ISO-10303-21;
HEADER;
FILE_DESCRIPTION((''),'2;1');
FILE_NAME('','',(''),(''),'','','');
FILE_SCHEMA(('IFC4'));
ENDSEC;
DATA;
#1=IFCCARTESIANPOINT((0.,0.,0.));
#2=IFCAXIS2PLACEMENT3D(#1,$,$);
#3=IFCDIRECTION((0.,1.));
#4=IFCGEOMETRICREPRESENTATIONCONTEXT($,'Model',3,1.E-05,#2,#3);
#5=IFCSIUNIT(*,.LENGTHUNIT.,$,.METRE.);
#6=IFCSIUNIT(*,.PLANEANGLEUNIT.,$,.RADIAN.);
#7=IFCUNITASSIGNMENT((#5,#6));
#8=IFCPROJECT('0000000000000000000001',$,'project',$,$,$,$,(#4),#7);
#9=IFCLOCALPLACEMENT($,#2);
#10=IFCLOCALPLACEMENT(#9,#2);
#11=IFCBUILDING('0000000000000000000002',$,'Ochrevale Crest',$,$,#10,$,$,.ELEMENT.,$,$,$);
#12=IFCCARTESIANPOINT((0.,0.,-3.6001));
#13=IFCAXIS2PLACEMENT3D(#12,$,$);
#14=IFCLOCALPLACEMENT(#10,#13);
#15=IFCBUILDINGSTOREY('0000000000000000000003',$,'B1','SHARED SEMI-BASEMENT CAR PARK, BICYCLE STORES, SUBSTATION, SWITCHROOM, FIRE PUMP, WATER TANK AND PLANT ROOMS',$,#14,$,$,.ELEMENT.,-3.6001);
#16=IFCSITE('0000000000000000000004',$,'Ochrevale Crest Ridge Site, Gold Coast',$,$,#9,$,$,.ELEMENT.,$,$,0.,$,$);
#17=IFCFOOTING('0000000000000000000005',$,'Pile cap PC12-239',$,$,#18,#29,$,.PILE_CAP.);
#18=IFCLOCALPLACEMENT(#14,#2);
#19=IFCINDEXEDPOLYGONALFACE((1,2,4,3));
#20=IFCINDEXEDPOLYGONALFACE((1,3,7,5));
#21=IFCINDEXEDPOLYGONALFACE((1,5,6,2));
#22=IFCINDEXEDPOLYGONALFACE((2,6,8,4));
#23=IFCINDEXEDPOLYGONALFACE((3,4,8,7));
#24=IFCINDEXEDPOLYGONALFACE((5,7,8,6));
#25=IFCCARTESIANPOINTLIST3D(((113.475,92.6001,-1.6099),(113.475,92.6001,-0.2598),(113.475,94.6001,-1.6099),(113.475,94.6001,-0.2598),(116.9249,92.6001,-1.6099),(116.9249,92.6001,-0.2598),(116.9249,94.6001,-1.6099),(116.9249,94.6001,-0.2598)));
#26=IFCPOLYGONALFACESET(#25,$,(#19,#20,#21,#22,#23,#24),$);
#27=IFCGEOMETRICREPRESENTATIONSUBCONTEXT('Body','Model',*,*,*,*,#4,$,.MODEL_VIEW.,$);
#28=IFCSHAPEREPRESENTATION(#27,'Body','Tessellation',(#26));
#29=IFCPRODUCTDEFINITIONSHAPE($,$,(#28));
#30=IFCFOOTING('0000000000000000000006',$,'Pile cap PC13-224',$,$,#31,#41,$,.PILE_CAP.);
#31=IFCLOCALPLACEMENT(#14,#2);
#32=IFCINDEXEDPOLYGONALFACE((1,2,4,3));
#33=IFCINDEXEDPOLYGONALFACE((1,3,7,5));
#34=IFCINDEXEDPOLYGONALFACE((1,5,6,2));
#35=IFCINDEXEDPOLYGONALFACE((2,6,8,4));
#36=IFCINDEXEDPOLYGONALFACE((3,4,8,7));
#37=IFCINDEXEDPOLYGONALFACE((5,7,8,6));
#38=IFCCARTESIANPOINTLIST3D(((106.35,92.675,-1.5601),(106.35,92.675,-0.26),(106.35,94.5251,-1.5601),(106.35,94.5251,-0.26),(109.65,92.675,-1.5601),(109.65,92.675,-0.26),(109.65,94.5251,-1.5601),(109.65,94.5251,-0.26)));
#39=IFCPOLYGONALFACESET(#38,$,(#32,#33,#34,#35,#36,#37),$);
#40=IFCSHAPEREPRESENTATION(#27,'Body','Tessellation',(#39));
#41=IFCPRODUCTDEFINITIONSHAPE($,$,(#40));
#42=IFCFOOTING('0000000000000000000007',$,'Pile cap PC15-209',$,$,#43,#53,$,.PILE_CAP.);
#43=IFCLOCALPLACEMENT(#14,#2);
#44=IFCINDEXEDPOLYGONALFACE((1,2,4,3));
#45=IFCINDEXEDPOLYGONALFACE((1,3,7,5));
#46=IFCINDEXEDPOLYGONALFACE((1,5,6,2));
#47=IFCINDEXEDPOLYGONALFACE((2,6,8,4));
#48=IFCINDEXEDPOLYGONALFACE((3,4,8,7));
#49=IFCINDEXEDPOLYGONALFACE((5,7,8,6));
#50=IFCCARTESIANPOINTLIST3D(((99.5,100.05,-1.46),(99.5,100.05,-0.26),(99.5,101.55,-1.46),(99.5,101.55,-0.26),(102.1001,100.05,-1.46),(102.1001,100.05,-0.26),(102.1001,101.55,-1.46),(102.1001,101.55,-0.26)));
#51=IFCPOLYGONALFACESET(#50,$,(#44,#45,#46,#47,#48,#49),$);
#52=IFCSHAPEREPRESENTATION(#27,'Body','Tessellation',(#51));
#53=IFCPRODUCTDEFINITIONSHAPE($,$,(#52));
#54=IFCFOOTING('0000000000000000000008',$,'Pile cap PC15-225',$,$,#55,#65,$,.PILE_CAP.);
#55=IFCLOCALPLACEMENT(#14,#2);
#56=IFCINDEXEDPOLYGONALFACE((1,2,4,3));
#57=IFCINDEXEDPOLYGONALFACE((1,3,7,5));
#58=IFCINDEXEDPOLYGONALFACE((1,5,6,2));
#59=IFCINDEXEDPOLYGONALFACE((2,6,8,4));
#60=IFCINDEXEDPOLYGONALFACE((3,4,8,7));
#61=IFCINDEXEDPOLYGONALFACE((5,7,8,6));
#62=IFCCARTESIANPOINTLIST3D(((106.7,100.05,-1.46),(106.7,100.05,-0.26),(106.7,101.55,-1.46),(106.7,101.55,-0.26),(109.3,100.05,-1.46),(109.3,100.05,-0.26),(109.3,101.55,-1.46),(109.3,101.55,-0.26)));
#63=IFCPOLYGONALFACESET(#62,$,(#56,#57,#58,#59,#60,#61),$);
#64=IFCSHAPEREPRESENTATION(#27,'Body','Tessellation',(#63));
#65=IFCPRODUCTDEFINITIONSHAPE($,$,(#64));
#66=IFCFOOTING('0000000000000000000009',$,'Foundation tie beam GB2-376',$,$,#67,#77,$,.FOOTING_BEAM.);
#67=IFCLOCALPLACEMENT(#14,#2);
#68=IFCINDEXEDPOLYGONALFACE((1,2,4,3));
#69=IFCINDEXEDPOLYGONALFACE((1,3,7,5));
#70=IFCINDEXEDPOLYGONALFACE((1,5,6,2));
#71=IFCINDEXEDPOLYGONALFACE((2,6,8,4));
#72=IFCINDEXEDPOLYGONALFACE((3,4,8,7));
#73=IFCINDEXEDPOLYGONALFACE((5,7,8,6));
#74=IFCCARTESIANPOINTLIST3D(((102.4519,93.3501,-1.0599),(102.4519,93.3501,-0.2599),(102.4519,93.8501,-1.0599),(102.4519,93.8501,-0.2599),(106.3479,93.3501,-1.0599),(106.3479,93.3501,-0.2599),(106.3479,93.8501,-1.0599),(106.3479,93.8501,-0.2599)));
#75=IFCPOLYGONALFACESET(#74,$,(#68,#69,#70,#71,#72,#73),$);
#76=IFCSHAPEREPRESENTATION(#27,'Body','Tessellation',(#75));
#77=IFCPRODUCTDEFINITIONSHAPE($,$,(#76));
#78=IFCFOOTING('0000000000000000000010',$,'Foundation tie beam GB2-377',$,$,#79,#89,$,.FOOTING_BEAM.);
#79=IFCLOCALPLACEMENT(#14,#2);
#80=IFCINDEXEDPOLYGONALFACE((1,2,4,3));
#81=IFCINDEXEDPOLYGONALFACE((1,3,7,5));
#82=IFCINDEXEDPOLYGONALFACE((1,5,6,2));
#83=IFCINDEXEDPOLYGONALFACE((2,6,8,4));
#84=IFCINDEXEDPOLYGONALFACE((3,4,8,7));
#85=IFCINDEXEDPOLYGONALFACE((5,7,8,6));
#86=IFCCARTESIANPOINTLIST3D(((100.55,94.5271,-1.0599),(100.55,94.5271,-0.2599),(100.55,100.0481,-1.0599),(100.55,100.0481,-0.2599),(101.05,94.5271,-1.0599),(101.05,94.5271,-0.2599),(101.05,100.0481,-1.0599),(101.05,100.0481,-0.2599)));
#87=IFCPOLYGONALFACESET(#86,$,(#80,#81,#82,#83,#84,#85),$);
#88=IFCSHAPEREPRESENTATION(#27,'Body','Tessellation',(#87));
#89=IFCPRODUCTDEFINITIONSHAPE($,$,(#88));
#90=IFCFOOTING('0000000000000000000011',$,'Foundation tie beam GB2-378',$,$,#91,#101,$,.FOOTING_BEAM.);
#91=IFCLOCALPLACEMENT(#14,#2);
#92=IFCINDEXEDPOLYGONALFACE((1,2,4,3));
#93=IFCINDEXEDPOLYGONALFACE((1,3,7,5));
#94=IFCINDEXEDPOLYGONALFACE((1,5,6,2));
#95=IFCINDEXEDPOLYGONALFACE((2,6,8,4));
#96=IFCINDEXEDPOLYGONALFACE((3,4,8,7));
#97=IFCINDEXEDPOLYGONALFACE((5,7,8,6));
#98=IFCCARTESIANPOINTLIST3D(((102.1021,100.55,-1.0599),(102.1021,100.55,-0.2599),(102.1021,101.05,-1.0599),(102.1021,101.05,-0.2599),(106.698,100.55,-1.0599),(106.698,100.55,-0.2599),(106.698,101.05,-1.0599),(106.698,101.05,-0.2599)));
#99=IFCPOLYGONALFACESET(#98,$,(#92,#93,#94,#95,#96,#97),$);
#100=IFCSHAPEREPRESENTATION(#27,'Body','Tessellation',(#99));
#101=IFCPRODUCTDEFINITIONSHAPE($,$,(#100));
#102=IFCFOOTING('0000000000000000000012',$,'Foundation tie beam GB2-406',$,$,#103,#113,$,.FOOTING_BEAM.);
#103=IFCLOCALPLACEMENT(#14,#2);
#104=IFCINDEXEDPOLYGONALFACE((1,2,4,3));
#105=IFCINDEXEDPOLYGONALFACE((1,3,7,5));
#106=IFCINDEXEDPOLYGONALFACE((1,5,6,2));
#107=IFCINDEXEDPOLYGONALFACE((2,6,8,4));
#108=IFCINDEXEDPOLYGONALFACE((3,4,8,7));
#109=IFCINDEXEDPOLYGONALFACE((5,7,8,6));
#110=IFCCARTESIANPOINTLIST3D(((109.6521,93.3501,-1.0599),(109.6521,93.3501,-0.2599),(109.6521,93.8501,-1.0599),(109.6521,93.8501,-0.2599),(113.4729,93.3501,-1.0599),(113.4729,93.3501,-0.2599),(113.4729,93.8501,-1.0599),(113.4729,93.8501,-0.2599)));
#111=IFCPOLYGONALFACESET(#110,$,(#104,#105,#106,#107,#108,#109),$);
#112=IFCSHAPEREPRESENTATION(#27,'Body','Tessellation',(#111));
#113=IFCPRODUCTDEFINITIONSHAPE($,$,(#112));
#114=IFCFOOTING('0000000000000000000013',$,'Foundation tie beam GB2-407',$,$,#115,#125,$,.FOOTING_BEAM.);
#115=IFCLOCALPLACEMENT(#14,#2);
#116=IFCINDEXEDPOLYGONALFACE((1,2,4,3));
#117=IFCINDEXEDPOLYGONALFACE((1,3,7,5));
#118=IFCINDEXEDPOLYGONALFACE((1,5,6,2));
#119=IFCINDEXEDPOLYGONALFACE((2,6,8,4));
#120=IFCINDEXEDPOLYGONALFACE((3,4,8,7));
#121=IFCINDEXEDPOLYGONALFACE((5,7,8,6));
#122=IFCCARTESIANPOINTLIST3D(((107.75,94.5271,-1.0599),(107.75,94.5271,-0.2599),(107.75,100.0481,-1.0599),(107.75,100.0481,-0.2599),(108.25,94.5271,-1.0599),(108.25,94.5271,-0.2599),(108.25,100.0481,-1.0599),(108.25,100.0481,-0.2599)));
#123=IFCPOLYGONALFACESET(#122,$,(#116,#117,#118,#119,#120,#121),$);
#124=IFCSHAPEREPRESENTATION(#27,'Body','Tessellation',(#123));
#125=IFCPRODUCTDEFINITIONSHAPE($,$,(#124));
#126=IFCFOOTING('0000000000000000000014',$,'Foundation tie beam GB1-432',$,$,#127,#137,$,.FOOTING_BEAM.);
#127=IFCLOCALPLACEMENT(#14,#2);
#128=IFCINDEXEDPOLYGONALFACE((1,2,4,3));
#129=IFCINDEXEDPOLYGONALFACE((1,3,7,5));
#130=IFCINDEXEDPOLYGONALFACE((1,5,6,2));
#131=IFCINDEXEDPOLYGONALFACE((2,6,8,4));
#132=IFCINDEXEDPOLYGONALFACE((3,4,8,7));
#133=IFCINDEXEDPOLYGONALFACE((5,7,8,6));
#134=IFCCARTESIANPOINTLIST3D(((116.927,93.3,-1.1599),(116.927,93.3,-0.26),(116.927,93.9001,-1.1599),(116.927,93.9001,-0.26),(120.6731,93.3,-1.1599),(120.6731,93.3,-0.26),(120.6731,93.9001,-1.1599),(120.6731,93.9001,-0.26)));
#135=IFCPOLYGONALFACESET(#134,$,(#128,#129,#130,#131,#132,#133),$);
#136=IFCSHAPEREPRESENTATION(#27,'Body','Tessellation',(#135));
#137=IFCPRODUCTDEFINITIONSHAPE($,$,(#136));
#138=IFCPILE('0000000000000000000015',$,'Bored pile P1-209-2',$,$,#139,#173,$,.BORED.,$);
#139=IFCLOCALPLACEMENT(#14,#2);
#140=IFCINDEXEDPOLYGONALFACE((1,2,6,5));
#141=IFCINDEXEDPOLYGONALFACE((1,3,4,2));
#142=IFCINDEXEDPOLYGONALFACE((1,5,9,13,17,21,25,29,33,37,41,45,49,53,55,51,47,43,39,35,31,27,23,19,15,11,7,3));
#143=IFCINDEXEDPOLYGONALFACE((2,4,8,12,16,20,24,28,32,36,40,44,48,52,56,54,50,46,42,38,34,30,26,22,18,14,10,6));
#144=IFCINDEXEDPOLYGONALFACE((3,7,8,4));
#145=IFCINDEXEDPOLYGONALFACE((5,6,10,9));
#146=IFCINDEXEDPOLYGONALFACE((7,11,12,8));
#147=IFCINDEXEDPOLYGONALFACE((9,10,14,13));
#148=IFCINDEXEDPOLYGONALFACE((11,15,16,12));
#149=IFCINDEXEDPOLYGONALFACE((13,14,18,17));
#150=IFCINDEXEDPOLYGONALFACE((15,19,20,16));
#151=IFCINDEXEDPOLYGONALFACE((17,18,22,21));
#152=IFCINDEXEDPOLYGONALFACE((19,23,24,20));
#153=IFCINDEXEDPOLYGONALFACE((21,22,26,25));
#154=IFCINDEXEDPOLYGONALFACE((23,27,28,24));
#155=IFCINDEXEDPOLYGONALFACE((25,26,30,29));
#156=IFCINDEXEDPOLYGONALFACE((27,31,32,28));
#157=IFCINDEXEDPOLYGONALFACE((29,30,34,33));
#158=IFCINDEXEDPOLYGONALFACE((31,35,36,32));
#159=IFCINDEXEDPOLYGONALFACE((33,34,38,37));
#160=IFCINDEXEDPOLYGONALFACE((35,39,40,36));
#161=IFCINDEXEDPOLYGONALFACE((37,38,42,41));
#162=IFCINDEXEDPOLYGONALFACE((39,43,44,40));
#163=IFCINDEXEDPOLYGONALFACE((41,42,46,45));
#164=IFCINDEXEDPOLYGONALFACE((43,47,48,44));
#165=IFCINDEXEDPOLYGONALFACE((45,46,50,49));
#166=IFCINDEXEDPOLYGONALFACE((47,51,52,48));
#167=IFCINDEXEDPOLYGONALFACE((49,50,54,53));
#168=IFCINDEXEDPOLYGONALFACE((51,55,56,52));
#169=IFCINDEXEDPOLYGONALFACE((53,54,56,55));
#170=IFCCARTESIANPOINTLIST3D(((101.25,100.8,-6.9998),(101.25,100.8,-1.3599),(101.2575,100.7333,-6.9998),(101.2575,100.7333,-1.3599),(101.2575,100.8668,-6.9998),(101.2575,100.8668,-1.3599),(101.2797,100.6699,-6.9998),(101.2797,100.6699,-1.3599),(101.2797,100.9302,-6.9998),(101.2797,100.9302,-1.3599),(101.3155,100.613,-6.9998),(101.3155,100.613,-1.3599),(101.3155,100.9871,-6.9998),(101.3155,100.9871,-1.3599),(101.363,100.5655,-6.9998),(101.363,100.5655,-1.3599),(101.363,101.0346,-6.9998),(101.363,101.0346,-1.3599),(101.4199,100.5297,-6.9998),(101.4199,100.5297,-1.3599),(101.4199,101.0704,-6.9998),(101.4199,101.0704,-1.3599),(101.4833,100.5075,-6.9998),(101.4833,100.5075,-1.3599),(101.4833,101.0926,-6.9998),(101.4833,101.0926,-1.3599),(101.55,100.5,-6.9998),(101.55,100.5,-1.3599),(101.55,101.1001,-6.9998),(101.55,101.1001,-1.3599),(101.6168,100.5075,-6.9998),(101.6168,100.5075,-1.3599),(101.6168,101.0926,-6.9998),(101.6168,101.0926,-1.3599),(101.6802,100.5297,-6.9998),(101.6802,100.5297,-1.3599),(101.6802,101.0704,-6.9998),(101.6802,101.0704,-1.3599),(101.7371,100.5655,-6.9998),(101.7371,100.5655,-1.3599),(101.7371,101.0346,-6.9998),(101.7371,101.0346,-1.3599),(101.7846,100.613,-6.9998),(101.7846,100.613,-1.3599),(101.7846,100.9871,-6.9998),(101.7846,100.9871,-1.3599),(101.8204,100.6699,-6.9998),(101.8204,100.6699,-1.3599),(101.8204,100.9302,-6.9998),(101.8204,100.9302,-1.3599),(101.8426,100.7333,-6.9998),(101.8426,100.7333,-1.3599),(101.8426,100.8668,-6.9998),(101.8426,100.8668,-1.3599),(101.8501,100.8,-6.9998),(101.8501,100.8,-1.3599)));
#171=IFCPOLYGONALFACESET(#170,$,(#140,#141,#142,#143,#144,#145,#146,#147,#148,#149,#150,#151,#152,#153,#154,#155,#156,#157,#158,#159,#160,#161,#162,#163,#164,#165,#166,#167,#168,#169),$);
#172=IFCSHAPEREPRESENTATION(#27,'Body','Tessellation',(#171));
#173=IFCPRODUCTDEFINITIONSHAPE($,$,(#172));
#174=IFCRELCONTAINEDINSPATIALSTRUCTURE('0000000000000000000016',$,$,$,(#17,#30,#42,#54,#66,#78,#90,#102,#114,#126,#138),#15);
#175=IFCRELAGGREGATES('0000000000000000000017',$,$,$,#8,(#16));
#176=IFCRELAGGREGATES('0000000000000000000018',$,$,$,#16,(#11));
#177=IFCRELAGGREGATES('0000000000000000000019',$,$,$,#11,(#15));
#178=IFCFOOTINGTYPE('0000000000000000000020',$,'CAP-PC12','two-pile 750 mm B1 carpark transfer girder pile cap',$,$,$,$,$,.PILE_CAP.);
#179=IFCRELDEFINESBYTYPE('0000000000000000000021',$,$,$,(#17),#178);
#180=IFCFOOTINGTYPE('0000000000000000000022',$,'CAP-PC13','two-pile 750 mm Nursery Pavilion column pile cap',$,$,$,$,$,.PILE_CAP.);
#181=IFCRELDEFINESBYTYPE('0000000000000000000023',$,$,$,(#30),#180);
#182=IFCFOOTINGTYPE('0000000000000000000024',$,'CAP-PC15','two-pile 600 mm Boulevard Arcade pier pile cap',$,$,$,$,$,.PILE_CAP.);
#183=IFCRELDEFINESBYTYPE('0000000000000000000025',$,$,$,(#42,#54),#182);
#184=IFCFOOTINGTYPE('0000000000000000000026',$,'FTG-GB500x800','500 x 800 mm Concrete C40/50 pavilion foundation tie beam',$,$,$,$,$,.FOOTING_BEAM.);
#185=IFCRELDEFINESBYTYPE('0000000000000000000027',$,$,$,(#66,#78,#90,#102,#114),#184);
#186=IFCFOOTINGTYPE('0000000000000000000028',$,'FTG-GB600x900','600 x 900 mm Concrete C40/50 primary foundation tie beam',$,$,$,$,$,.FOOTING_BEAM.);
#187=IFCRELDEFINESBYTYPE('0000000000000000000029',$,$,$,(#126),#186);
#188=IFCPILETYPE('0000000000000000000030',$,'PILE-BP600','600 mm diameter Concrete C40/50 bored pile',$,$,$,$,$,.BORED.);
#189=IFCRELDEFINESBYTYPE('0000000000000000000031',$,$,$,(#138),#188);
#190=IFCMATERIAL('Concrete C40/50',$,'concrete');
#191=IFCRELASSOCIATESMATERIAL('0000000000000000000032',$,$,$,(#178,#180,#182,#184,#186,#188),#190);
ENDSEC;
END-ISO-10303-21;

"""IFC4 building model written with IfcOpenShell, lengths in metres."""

from ifc_helpers import new_model, si_unit, direction, frame, origin, origin_2d, place, context, subcontext, project, spatial, rectangle, circle, extrude, material, material_profile, profile_set, type_object, element, save


model = new_model("IFC4")

# Units and contexts
model_context = context("Model", 3, precision=1e-05, world=origin(), true_north=direction((0.0, 1.0)))
body_context = subcontext(model_context, "Body", "Model", "MODEL_VIEW")
ifc_project = project(units=[si_unit("LENGTHUNIT", "METRE"), si_unit("PLANEANGLEUNIT", "RADIAN")], contexts=[model_context])

# Site, building, storey
site_placement = place(None, origin())
site = spatial("IfcSite", under=ifc_project, at=site_placement, Name="Ochrevale Crest Ridge Site, Gold Coast", CompositionType="ELEMENT", RefElevation=0.0)
building_placement = place(site_placement, origin())
building = spatial("IfcBuilding", under=site, at=building_placement, Name="Ochrevale Crest", CompositionType="ELEMENT")
storey_placement = place(building_placement, frame((0.0, 0.0, -3.6001)))
storey = spatial("IfcBuildingStorey", under=building, at=storey_placement, Name="B1", Description="SHARED SEMI-BASEMENT CAR PARK, BICYCLE STORES, SUBSTATION, SWITCHROOM, FIRE PUMP, WATER TANK AND PLANT ROOMS", CompositionType="ELEMENT", Elevation=-3.6001)

# Footings
ifc_material_1 = material(Name="Concrete C40/50", Category="concrete")
footing_type_1 = type_object("IfcFootingType", Name="CAP-PC12", Description="two-pile 750 mm B1 carpark transfer girder pile cap", PredefinedType="PILE_CAP", material=ifc_material_1)
footing_1_placement = place(storey_placement, frame((115.2, 93.6001, -1.6099), z_axis=(0.0, 0.0, 1.0), x_axis=(1.0, 0.0, 0.0)))
element("IfcFooting", 1, at=footing_1_placement, inside=storey, type_object=footing_type_1, Name="Pile cap PC12-239", PredefinedType="PILE_CAP", context=body_context, shape_type="SweptSolid", body=[
    extrude(rectangle(XDim=3.45, YDim=2.0, at=origin_2d()), origin(), (0.0, 0.0, 1.0), 1.3501),
])
footing_type_2 = type_object("IfcFootingType", Name="CAP-PC13", Description="two-pile 750 mm Nursery Pavilion column pile cap", PredefinedType="PILE_CAP", material=ifc_material_1)
footing_2_placement = place(storey_placement, frame((108.0, 93.6001, -1.5601), z_axis=(0.0, 0.0, 1.0), x_axis=(1.0, 0.0, 0.0)))
element("IfcFooting", 2, at=footing_2_placement, inside=storey, type_object=footing_type_2, Name="Pile cap PC13-224", PredefinedType="PILE_CAP", context=body_context, shape_type="SweptSolid", body=[
    extrude(rectangle(XDim=3.3, YDim=1.8501, at=origin_2d()), origin(), (0.0, 0.0, 1.0), 1.3),
])
footing_type_3 = type_object("IfcFootingType", Name="CAP-PC15", Description="two-pile 600 mm Boulevard Arcade pier pile cap", PredefinedType="PILE_CAP", material=ifc_material_1)
for number, where, z_axis, x_axis, name in (
    (3, (100.8, 100.8, -1.46), (0.0, 0.0, 1.0), (1.0, 0.0, 0.0), "Pile cap PC15-209"),
    (4, (108.0, 100.8, -1.46), (0.0, 0.0, 1.0), (1.0, 0.0, 0.0), "Pile cap PC15-225"),
):
    element("IfcFooting", number, at=place(storey_placement, frame(where, z_axis=z_axis, x_axis=x_axis)), inside=storey, type_object=footing_type_3, Name=name, PredefinedType="PILE_CAP", context=body_context, shape_type="SweptSolid", body=[
        extrude(rectangle(XDim=2.6001, YDim=1.5, at=origin_2d()), origin(), (0.0, 0.0, 1.0), 1.2),
    ])
ifc_material_profile_1 = material_profile(ifc_material_1, rectangle(XDim=0.5, YDim=0.8, at=origin_2d()), Name="GB 500x800")
ifc_profile_set_1 = profile_set([ifc_material_profile_1], Name="Concrete C40/50")
footing_type_4 = type_object("IfcFootingType", Name="FTG-GB500x800", Description="500 x 800 mm Concrete C40/50 pavilion foundation tie beam", PredefinedType="FOOTING_BEAM", material=ifc_profile_set_1)
footing_3_placement = place(storey_placement, frame((102.4519, 93.6001, -0.6599), z_axis=(1.0, 0.0, 0.0), x_axis=(0.0, 1.0, 0.0)))
element("IfcFooting", 5, at=footing_3_placement, inside=storey, type_object=footing_type_4, Name="Foundation tie beam GB2-376", PredefinedType="FOOTING_BEAM", context=body_context, shape_type="SweptSolid", body=[
    extrude(rectangle(XDim=0.5, YDim=0.8, at=origin_2d()), origin(), (0.0, 0.0, 1.0), 3.896),
])
footing_4_placement = place(storey_placement, frame((100.8, 94.5271, -0.6599), z_axis=(0.0, 1.0, 0.0), x_axis=(-1.0, 0.0, 0.0)))
element("IfcFooting", 6, at=footing_4_placement, inside=storey, type_object=footing_type_4, Name="Foundation tie beam GB2-377", PredefinedType="FOOTING_BEAM", context=body_context, shape_type="SweptSolid", body=[
    extrude(rectangle(XDim=0.5, YDim=0.8, at=origin_2d()), origin(), (0.0, 0.0, 1.0), 5.521),
])
footing_5_placement = place(storey_placement, frame((102.1021, 100.8, -0.6599), z_axis=(1.0, 0.0, 0.0), x_axis=(0.0, 1.0, 0.0)))
element("IfcFooting", 7, at=footing_5_placement, inside=storey, type_object=footing_type_4, Name="Foundation tie beam GB2-378", PredefinedType="FOOTING_BEAM", context=body_context, shape_type="SweptSolid", body=[
    extrude(rectangle(XDim=0.5, YDim=0.8, at=origin_2d()), origin(), (0.0, 0.0, 1.0), 4.5959),
])
footing_6_placement = place(storey_placement, frame((109.6521, 93.6001, -0.6599), z_axis=(1.0, 0.0, 0.0), x_axis=(0.0, 1.0, 0.0)))
element("IfcFooting", 8, at=footing_6_placement, inside=storey, type_object=footing_type_4, Name="Foundation tie beam GB2-406", PredefinedType="FOOTING_BEAM", context=body_context, shape_type="SweptSolid", body=[
    extrude(rectangle(XDim=0.5, YDim=0.8, at=origin_2d()), origin(), (0.0, 0.0, 1.0), 3.8208),
])
footing_7_placement = place(storey_placement, frame((108.0, 94.5271, -0.6599), z_axis=(0.0, 1.0, 0.0), x_axis=(-1.0, 0.0, 0.0)))
element("IfcFooting", 9, at=footing_7_placement, inside=storey, type_object=footing_type_4, Name="Foundation tie beam GB2-407", PredefinedType="FOOTING_BEAM", context=body_context, shape_type="SweptSolid", body=[
    extrude(rectangle(XDim=0.5, YDim=0.8, at=origin_2d()), origin(), (0.0, 0.0, 1.0), 5.521),
])
ifc_material_profile_2 = material_profile(ifc_material_1, rectangle(XDim=0.6001, YDim=0.8999, at=origin_2d()), Name="GB 600x900")
ifc_profile_set_2 = profile_set([ifc_material_profile_2], Name="Concrete C40/50")
footing_type_5 = type_object("IfcFootingType", Name="FTG-GB600x900", Description="600 x 900 mm Concrete C40/50 primary foundation tie beam", PredefinedType="FOOTING_BEAM", material=ifc_profile_set_2)
footing_8_placement = place(storey_placement, frame((116.927, 93.6001, -0.71), z_axis=(1.0, 0.0, 0.0), x_axis=(0.0, 1.0, 0.0)))
element("IfcFooting", 10, at=footing_8_placement, inside=storey, type_object=footing_type_5, Name="Foundation tie beam GB1-432", PredefinedType="FOOTING_BEAM", context=body_context, shape_type="SweptSolid", body=[
    extrude(rectangle(XDim=0.6001, YDim=0.8999, at=origin_2d()), origin(), (0.0, 0.0, 1.0), 3.7461),
])

# Pile
ifc_material_profile_3 = material_profile(ifc_material_1, circle(Radius=0.3, at=origin_2d()), Name="BORED PILE 600")
ifc_profile_set_3 = profile_set([ifc_material_profile_3], Name="Concrete C40/50")
pile_type_1 = type_object("IfcPileType", Name="PILE-BP600", Description="600 mm diameter Concrete C40/50 bored pile", PredefinedType="BORED", material=ifc_profile_set_3)
for number, where, z_axis, x_axis, name in (
    (11, (101.55, 100.8, -1.3599), (0.0, 0.0, -1.0), (1.0, 0.0, 0.0), "Bored pile P1-209-2"),
):
    element("IfcPile", number, at=place(storey_placement, frame(where, z_axis=z_axis, x_axis=x_axis)), inside=storey, type_object=pile_type_1, Name=name, PredefinedType="BORED", context=body_context, shape_type="SweptSolid", body=[
        extrude(circle(Radius=0.3, at=origin_2d()), origin(), (0.0, 0.0, 1.0), 5.6399),
    ])

save(model, "model.ifc")
